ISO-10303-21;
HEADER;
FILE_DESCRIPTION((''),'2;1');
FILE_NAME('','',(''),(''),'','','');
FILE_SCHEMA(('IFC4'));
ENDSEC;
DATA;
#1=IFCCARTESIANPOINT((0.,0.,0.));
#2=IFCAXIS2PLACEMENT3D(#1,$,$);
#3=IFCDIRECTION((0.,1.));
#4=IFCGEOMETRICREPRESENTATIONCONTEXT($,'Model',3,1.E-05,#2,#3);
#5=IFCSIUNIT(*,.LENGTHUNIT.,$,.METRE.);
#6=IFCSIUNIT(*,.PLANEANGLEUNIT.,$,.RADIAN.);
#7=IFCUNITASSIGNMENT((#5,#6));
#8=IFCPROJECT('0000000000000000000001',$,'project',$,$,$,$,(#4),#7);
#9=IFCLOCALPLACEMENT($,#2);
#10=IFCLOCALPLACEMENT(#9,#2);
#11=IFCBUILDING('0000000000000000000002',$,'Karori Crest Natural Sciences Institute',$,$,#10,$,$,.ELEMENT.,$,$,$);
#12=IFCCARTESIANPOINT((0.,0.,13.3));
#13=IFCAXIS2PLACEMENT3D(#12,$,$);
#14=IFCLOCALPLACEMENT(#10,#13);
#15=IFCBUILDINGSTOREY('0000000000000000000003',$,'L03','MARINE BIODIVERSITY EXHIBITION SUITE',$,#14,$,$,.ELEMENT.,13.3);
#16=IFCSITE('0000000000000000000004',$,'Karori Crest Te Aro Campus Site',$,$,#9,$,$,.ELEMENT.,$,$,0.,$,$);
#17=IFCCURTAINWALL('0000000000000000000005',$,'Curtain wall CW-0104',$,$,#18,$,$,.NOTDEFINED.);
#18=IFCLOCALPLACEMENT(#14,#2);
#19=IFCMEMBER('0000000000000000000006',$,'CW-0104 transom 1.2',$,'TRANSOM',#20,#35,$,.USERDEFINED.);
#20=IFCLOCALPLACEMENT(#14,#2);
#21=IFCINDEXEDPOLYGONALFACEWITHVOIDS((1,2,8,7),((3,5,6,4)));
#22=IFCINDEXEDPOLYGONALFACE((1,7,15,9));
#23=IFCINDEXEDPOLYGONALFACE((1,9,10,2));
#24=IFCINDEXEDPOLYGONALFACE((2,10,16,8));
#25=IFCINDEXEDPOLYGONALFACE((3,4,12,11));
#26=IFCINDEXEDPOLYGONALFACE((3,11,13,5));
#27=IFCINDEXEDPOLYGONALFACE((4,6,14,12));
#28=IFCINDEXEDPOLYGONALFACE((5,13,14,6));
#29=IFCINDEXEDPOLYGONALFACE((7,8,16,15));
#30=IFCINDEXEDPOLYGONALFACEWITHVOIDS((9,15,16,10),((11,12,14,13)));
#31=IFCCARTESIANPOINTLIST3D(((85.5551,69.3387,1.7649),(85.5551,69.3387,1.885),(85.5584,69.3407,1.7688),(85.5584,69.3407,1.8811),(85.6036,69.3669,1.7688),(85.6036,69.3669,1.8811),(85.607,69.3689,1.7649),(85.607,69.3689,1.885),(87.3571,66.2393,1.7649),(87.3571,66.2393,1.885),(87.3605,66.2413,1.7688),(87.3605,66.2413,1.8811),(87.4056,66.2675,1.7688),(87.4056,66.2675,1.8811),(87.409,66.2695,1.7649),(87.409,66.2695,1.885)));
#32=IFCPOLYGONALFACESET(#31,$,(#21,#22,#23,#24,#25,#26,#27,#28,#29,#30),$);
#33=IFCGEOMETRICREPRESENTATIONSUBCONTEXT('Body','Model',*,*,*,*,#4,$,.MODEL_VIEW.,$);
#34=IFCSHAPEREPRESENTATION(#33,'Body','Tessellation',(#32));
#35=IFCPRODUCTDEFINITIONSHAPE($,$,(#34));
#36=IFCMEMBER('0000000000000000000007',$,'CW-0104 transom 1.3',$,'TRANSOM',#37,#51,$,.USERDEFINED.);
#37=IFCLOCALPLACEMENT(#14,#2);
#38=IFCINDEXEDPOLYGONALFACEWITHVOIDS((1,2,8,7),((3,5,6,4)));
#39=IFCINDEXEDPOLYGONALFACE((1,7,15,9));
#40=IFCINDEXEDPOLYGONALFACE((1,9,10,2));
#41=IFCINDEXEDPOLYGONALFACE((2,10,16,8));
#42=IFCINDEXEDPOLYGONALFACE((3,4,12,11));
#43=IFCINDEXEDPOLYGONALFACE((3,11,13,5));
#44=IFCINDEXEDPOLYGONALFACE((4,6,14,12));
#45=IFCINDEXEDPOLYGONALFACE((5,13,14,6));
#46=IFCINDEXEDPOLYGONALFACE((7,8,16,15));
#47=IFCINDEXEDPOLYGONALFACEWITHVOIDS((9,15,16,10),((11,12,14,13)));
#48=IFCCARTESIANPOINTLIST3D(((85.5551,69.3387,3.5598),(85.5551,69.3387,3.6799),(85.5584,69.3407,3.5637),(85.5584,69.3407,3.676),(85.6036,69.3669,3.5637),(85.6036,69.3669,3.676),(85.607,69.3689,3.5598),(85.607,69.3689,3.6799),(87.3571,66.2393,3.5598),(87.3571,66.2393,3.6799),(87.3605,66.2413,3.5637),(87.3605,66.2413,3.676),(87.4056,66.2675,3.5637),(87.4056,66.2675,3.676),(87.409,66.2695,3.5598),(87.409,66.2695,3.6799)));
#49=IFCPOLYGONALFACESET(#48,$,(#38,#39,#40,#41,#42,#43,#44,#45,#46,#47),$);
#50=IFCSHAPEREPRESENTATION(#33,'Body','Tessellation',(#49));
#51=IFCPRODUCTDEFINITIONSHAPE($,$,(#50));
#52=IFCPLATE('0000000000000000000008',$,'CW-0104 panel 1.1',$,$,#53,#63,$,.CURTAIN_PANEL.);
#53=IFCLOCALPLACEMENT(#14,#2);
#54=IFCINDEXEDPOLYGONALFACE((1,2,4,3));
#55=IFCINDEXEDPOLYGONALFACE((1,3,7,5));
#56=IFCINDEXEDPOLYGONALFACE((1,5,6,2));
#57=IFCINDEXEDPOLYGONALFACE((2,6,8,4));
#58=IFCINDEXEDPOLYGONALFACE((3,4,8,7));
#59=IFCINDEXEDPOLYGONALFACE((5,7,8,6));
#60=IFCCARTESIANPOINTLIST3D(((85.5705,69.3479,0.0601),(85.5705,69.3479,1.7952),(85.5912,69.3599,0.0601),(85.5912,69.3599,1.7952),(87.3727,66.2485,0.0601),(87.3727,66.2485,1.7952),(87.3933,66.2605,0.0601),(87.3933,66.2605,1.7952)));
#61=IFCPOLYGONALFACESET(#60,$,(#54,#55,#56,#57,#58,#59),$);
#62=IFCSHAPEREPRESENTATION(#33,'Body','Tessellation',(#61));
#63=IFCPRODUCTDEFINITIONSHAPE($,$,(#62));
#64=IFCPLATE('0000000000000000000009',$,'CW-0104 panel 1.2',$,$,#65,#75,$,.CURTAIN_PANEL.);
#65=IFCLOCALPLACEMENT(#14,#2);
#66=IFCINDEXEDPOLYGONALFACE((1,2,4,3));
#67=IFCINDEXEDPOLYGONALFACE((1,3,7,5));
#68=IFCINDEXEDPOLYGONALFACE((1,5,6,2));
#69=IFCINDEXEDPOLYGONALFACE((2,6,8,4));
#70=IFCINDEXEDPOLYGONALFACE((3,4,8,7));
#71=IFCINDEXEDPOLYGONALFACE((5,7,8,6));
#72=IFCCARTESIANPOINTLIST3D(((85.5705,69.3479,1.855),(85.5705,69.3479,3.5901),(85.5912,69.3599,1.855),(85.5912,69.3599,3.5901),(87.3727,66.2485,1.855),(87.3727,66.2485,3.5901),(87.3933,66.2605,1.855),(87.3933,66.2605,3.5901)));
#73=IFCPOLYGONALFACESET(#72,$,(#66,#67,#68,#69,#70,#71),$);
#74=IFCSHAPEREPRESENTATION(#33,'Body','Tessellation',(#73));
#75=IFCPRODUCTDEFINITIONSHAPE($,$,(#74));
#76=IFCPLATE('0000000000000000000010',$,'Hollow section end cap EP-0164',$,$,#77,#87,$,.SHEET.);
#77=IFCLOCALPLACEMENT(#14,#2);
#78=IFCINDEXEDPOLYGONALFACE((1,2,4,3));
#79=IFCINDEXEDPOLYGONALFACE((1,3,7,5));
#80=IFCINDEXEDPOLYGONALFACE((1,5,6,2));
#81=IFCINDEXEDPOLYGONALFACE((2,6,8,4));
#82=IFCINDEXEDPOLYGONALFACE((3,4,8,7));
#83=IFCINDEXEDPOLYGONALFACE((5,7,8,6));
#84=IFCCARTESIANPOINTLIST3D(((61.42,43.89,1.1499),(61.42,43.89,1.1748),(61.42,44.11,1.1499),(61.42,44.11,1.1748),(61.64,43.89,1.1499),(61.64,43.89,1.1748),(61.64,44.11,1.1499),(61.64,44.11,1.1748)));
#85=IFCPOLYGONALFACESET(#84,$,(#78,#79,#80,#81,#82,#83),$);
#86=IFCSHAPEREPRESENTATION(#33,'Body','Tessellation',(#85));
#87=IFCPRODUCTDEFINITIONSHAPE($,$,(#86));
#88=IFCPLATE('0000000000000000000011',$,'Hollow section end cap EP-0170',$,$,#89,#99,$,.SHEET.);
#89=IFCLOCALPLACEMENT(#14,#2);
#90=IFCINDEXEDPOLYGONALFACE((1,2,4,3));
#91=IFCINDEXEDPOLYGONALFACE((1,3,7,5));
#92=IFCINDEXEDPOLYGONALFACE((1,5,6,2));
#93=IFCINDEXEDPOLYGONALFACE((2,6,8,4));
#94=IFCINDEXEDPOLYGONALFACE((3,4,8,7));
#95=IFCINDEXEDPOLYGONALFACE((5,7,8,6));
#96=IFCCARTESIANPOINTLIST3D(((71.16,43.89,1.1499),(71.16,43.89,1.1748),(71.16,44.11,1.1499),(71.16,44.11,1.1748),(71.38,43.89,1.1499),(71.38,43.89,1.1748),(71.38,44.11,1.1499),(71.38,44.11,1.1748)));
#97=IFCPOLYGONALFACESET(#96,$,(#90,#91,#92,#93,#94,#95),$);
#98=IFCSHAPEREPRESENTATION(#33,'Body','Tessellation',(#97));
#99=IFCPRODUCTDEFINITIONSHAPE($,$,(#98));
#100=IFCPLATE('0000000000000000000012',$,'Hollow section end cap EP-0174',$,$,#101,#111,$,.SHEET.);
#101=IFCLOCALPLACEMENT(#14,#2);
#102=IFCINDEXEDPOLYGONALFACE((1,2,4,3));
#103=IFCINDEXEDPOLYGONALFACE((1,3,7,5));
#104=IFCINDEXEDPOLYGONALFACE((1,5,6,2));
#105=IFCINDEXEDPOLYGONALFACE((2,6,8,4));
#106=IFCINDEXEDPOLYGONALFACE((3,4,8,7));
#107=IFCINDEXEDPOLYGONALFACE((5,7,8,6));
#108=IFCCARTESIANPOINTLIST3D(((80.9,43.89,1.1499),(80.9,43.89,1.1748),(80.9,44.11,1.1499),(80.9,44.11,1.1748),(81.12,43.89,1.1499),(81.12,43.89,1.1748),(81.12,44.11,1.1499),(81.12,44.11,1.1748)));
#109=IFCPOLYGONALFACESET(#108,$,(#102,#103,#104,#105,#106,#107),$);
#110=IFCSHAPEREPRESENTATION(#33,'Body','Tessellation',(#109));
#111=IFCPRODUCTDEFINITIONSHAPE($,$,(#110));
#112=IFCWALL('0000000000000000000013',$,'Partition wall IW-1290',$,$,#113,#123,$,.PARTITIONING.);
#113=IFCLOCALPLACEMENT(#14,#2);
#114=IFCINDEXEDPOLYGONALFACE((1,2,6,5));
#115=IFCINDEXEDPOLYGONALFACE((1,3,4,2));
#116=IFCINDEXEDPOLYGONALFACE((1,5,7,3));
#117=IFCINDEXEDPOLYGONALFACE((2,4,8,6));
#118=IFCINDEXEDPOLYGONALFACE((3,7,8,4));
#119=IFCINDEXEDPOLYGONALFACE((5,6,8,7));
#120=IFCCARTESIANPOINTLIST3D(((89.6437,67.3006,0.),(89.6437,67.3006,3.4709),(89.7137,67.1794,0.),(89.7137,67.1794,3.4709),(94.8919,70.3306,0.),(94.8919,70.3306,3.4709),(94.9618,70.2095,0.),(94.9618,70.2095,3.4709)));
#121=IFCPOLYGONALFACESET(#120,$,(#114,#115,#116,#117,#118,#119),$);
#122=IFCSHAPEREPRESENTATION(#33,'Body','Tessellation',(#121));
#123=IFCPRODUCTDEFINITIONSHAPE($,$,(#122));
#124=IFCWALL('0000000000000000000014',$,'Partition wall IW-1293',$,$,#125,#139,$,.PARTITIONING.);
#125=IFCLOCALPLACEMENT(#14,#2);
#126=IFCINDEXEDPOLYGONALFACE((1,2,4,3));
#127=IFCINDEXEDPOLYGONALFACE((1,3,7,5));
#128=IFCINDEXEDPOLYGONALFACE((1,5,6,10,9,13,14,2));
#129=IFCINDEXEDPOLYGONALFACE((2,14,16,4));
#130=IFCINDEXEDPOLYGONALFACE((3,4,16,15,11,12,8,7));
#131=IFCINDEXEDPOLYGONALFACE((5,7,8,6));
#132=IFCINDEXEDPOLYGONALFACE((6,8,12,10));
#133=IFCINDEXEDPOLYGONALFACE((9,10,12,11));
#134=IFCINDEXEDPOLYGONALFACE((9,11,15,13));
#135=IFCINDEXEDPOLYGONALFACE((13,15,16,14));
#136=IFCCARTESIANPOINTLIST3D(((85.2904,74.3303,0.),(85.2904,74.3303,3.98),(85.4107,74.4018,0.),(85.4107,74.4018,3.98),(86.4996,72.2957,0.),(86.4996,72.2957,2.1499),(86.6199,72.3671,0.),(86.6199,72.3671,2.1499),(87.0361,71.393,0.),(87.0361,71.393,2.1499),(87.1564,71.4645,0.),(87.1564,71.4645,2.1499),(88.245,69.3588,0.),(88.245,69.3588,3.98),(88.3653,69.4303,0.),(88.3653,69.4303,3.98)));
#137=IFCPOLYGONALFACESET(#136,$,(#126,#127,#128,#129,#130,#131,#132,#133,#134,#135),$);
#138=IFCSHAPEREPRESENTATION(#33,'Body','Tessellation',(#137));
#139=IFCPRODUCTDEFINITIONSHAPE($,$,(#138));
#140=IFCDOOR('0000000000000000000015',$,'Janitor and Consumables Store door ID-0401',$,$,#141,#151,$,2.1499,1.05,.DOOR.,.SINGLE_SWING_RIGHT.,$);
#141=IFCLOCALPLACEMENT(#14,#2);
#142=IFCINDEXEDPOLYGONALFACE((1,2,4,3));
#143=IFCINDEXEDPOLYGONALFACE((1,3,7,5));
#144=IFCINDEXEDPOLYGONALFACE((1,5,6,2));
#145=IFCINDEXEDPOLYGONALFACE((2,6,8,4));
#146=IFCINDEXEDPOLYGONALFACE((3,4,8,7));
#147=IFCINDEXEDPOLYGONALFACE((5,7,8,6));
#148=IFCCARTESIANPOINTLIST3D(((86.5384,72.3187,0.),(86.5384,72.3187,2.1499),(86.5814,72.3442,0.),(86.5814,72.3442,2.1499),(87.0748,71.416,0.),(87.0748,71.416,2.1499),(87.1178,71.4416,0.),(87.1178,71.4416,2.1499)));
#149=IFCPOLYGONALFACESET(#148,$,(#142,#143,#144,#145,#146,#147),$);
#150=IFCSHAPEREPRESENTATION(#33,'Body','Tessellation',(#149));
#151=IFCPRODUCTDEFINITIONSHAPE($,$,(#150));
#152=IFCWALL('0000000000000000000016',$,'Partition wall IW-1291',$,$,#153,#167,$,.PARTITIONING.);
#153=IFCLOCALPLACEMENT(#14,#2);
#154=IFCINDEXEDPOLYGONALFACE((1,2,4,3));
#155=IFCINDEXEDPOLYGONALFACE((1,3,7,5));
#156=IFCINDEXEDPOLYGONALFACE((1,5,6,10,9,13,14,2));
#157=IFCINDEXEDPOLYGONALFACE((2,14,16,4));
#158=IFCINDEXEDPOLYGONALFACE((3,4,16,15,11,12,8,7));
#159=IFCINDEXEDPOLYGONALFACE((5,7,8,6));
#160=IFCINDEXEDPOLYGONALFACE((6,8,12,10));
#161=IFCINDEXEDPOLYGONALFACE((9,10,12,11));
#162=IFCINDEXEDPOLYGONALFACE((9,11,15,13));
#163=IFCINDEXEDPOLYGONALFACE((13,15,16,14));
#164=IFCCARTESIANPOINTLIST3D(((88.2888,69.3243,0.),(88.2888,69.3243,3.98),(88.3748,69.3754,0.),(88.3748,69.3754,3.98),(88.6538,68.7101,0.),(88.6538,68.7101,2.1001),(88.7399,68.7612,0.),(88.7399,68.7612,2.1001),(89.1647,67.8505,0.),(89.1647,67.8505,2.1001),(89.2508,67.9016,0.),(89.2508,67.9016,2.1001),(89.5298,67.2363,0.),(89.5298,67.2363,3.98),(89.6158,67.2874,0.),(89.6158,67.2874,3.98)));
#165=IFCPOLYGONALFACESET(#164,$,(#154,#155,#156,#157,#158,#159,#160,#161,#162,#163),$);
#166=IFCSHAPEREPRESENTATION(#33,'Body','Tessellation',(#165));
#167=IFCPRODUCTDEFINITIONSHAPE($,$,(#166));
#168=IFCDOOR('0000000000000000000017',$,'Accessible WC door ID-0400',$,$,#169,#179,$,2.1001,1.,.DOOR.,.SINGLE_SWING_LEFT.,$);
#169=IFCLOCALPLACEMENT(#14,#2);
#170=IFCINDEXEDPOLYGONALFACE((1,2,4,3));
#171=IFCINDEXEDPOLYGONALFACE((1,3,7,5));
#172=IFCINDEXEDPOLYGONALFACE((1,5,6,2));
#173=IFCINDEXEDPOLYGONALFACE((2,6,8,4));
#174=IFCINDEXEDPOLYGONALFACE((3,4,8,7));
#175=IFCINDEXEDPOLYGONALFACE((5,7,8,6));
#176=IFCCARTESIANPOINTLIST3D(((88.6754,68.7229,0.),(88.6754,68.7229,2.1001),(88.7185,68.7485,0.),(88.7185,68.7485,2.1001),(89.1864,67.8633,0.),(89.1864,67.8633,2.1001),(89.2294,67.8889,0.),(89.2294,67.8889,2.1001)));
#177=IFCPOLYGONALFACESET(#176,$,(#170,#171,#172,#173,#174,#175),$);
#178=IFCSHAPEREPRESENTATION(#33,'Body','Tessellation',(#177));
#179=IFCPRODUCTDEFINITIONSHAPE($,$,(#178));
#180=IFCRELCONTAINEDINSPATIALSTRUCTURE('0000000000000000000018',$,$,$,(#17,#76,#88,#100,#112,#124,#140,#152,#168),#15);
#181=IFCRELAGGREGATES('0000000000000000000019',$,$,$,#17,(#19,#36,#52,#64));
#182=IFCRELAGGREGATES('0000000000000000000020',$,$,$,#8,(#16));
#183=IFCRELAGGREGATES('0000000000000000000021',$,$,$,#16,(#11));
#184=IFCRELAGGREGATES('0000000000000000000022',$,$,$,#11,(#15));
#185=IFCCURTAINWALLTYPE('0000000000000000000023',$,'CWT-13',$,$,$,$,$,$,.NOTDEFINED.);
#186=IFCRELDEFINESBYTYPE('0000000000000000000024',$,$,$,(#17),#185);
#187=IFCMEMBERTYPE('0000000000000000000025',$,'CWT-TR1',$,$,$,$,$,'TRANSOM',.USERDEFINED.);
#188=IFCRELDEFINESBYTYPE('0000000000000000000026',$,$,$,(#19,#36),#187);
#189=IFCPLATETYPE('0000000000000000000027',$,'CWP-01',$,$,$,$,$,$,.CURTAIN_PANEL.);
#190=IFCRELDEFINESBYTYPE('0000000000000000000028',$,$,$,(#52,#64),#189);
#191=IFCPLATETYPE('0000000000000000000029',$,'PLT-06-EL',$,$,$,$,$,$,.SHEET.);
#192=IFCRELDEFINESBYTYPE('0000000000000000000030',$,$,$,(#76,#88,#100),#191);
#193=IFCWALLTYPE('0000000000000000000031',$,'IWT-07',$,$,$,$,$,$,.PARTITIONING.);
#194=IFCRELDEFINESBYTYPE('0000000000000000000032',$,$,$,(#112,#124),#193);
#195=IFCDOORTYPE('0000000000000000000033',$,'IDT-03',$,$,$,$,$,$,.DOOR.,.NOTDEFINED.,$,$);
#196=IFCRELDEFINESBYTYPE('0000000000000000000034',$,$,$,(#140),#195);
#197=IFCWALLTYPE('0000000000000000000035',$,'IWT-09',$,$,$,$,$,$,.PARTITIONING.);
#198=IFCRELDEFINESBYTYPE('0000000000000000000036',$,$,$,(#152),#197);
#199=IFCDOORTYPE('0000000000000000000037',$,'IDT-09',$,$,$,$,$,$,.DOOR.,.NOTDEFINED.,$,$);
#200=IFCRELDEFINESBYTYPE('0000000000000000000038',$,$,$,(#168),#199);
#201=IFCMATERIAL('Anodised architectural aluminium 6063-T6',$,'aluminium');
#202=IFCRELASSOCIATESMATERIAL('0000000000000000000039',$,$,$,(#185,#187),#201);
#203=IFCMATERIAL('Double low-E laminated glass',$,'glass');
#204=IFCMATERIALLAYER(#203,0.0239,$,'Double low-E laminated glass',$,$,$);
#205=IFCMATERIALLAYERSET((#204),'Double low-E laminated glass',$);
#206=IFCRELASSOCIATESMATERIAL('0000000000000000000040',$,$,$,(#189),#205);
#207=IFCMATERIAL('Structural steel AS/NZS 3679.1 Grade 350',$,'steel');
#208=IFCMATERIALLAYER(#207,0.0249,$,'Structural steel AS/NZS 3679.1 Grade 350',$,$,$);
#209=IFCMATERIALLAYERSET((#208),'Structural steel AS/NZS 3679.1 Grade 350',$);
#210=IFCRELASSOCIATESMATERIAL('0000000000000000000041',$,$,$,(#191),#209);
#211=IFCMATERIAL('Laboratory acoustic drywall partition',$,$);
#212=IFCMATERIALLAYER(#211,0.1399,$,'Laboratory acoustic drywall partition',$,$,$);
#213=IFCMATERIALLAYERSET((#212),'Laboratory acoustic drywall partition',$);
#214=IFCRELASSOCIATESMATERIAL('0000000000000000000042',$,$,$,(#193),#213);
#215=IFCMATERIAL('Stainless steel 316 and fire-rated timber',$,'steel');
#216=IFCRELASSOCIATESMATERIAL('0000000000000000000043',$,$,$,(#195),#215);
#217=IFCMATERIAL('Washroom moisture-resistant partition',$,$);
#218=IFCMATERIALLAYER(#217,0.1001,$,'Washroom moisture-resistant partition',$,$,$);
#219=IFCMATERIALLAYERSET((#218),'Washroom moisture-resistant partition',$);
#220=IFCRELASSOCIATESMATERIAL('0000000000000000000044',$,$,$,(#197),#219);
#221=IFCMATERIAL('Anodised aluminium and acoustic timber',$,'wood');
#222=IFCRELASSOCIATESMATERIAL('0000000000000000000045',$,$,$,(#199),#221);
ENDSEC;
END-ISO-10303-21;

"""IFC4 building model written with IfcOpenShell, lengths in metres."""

from ifc_helpers import new_model, si_unit, direction, frame, frame_2d, origin, origin_2d, place, context, subcontext, project, spatial, rectangle, hollow_rectangle, extrude, material, layer, layer_set, material_profile, profile_set, type_object, element, fill, aggregate, save


model = new_model("IFC4")

# Units and contexts
model_context = context("Model", 3, precision=1e-05, world=origin(), true_north=direction((0.0, 1.0)))
body_context = subcontext(model_context, "Body", "Model", "MODEL_VIEW")
ifc_project = project(units=[si_unit("LENGTHUNIT", "METRE"), si_unit("PLANEANGLEUNIT", "RADIAN")], contexts=[model_context])

# Site, building, storey
site_placement = place(None, origin())
site = spatial("IfcSite", under=ifc_project, at=site_placement, Name="Karori Crest Te Aro Campus Site", CompositionType="ELEMENT", RefElevation=0.0)
building_placement = place(site_placement, origin())
building = spatial("IfcBuilding", under=site, at=building_placement, Name="Karori Crest Natural Sciences Institute", CompositionType="ELEMENT")
storey_placement = place(building_placement, frame((0.0, 0.0, 13.3)))
storey = spatial("IfcBuildingStorey", under=building, at=storey_placement, Name="L03", Description="MARINE BIODIVERSITY EXHIBITION SUITE", CompositionType="ELEMENT", Elevation=13.3)

# Shared definitions
ifc_material_1 = material(Name="Structural steel AS/NZS 3679.1 Grade 350", Category="steel")

# Curtain wall, members, plates
ifc_material_2 = material(Name="Anodised architectural aluminium 6063-T6", Category="aluminium")
curtain_wall_type = type_object("IfcCurtainWallType", Name="CWT-13", PredefinedType="NOTDEFINED", material=ifc_material_2)
curtain_wall_placement = place(storey_placement, origin())
curtain_wall = element("IfcCurtainWall", 1, at=curtain_wall_placement, inside=storey, type_object=curtain_wall_type, Name="Curtain wall CW-0104", PredefinedType="NOTDEFINED")
ifc_material_profile_1 = material_profile(ifc_material_2, hollow_rectangle(XDim=0.0601, YDim=0.1201, WallThickness=0.0039, at=origin_2d()), Name="CWT120x60x4")
ifc_profile_set_1 = profile_set([ifc_material_profile_1], Name="Anodised architectural aluminium 6063-T6")
member_type_1 = type_object("IfcMemberType", Name="CWT-TR1", ElementType="TRANSOM", PredefinedType="USERDEFINED", material=ifc_profile_set_1)
member_1_placement = place(storey_placement, frame((87.3831, 66.2544, 1.825), z_axis=(-0.50263, 0.864502, 0.0), x_axis=(-0.864502, -0.50263, 0.0)))
member_1 = element("IfcMember", 2, at=member_1_placement, type_object=member_type_1, Name="CW-0104 transom 1.2", ObjectType="TRANSOM", PredefinedType="USERDEFINED", context=body_context, shape_type="SweptSolid", body=[
    extrude(hollow_rectangle(XDim=0.0601, YDim=0.1201, WallThickness=0.0039, at=origin_2d()), origin(), (0.0, 0.0, 1.0), 3.5852),
])
member_2_placement = place(storey_placement, frame((87.3831, 66.2544, 3.6199), z_axis=(-0.50263, 0.864502, 0.0), x_axis=(-0.864502, -0.50263, 0.0)))
member_2 = element("IfcMember", 3, at=member_2_placement, type_object=member_type_1, Name="CW-0104 transom 1.3", ObjectType="TRANSOM", PredefinedType="USERDEFINED", context=body_context, shape_type="SweptSolid", body=[
    extrude(hollow_rectangle(XDim=0.0601, YDim=0.1201, WallThickness=0.0039, at=origin_2d()), origin(), (0.0, 0.0, 1.0), 3.5852),
])
ifc_material_3 = material(Name="Double low-E laminated glass", Category="glass")
ifc_layer_1 = layer(ifc_material_3, 0.0239, Name="Double low-E laminated glass")
ifc_layer_set_1 = layer_set([ifc_layer_1], Name="Double low-E laminated glass")
plate_type_1 = type_object("IfcPlateType", Name="CWP-01", PredefinedType="CURTAIN_PANEL", material=ifc_layer_set_1)
plate_1_placement = place(storey_placement, frame((86.4819, 67.8042, 0.0601), z_axis=(0.0, 0.0, 1.0), x_axis=(-0.502655, 0.864487, 0.0)))
plate_1 = element("IfcPlate", 4, at=plate_1_placement, type_object=plate_type_1, Name="CW-0104 panel 1.1", PredefinedType="CURTAIN_PANEL", context=body_context, shape_type="SweptSolid", body=[
    extrude(rectangle(XDim=3.5852, YDim=0.0239, at=origin_2d()), origin(), (0.0, 0.0, 1.0), 1.7351),
])
plate_2_placement = place(storey_placement, frame((86.4819, 67.8042, 1.855), z_axis=(0.0, 0.0, 1.0), x_axis=(-0.502655, 0.864487, 0.0)))
plate_2 = element("IfcPlate", 5, at=plate_2_placement, type_object=plate_type_1, Name="CW-0104 panel 1.2", PredefinedType="CURTAIN_PANEL", context=body_context, shape_type="SweptSolid", body=[
    extrude(rectangle(XDim=3.5852, YDim=0.0239, at=origin_2d()), origin(), (0.0, 0.0, 1.0), 1.7351),
])
aggregate(curtain_wall, [member_1, member_2, plate_1, plate_2])

# Plates
ifc_layer_2 = layer(ifc_material_1, 0.0249, Name="Structural steel AS/NZS 3679.1 Grade 350")
ifc_layer_set_2 = layer_set([ifc_layer_2], Name="Structural steel AS/NZS 3679.1 Grade 350")
plate_type_2 = type_object("IfcPlateType", Name="PLT-06-EL", PredefinedType="SHEET", material=ifc_layer_set_2)
for number, where, z_axis, x_axis, name in (
    (6, (61.53, 44.0, 1.1499), (0.0, 0.0, 1.0), (1.0, 0.0, 0.0), "Hollow section end cap EP-0164"),
    (7, (71.27, 44.0, 1.1499), (0.0, 0.0, 1.0), (1.0, 0.0, 0.0), "Hollow section end cap EP-0170"),
    (8, (81.01, 44.0, 1.1499), (0.0, 0.0, 1.0), (1.0, 0.0, 0.0), "Hollow section end cap EP-0174"),
):
    element("IfcPlate", number, at=place(storey_placement, frame(where, z_axis=z_axis, x_axis=x_axis)), inside=storey, type_object=plate_type_2, Name=name, PredefinedType="SHEET", context=body_context, shape_type="SweptSolid", body=[
        extrude(rectangle(XDim=0.22, YDim=0.22, at=origin_2d()), origin(), (0.0, 0.0, 1.0), 0.0249),
    ])

# Wall
ifc_material_4 = material(Name="Laboratory acoustic drywall partition")
ifc_layer_3 = layer(ifc_material_4, 0.1399, Name="Laboratory acoustic drywall partition")
ifc_layer_set_3 = layer_set([ifc_layer_3], Name="Laboratory acoustic drywall partition")
wall_type_1 = type_object("IfcWallType", Name="IWT-07", PredefinedType="PARTITIONING", material=ifc_layer_set_3)
wall_1_placement = place(storey_placement, frame((89.6787, 67.24, 0.0), z_axis=(0.0, 0.0, 1.0), x_axis=(0.866021, 0.500008, 0.0)))
element("IfcWall", 9, at=wall_1_placement, inside=storey, type_object=wall_type_1, Name="Partition wall IW-1290", PredefinedType="PARTITIONING", context=body_context, shape_type="SweptSolid", body=[
    extrude(rectangle(XDim=6.0601, YDim=0.1399, at=frame_2d((3.03, 0.0))), origin(), (0.0, 0.0, 1.0), 3.4709),
])

# Walls, openings, doors
wall_2_placement = place(storey_placement, frame((88.3052, 69.3945, 0.0), z_axis=(0.0, 0.0, 1.0), x_axis=(-0.510897, 0.859642, 0.0)))
wall_2 = element("IfcWall", 10, at=wall_2_placement, inside=storey, type_object=wall_type_1, Name="Partition wall IW-1293", PredefinedType="PARTITIONING", context=body_context, shape_type="SweptSolid", body=[
    extrude(rectangle(XDim=5.7832, YDim=0.1399, at=frame_2d((2.8916, 0.0))), origin(), (0.0, 0.0, 1.0), 3.98),
])
opening_1_placement = place(wall_2_placement, frame((2.3665, 0.0, 0.0)))
opening_1 = element("IfcOpeningElement", 11, at=opening_1_placement, cuts=wall_2, PredefinedType="OPENING", context=body_context, shape_type="SweptSolid", body=[
    extrude(rectangle(XDim=1.05, YDim=2.1499, at=frame_2d((0.5249, 1.075))), frame((0.0, 0.0801, 0.0), z_axis=(0.0, -1.0, 0.0), x_axis=(1.0, 0.0, 0.0)), (0.0, 0.0, 1.0), 0.1599),
])
ifc_material_5 = material(Name="Stainless steel 316 and fire-rated timber", Category="steel")
door_type_1 = type_object("IfcDoorType", Name="IDT-03", OperationType="NOTDEFINED", PredefinedType="DOOR", material=ifc_material_5)
door_1_placement = place(opening_1_placement, origin())
door_1 = element("IfcDoor", 12, at=door_1_placement, inside=storey, type_object=door_type_1, Name="Janitor and Consumables Store door ID-0401", OperationType="SINGLE_SWING_RIGHT", OverallHeight=2.1499, OverallWidth=1.05, PredefinedType="DOOR", context=body_context, shape_type="SweptSolid", body=[
    extrude(rectangle(XDim=1.05, YDim=2.1499, at=frame_2d((0.5249, 1.075))), frame((0.0, 0.0249, 0.0), z_axis=(0.0, -1.0, 0.0), x_axis=(1.0, 0.0, 0.0)), (0.0, 0.0, 1.0), 0.05),
])
fill(opening_1, door_1)
ifc_material_6 = material(Name="Washroom moisture-resistant partition")
ifc_layer_4 = layer(ifc_material_6, 0.1001, Name="Washroom moisture-resistant partition")
ifc_layer_set_4 = layer_set([ifc_layer_4], Name="Washroom moisture-resistant partition")
wall_type_2 = type_object("IfcWallType", Name="IWT-09", PredefinedType="PARTITIONING", material=ifc_layer_set_4)
wall_3_placement = place(storey_placement, frame((89.5728, 67.262, 0.0), z_axis=(0.0, 0.0, 1.0), x_axis=(-0.510929, 0.859623, 0.0)))
wall_3 = element("IfcWall", 13, at=wall_3_placement, inside=storey, type_object=wall_type_2, Name="Partition wall IW-1291", PredefinedType="PARTITIONING", context=body_context, shape_type="SweptSolid", body=[
    extrude(rectangle(XDim=2.429, YDim=0.1001, at=frame_2d((1.2144, 0.0))), origin(), (0.0, 0.0, 1.0), 3.98),
])
opening_2_placement = place(wall_3_placement, frame((0.7144, 0.0, 0.0)))
opening_2 = element("IfcOpeningElement", 14, at=opening_2_placement, cuts=wall_3, PredefinedType="OPENING", context=body_context, shape_type="SweptSolid", body=[
    extrude(rectangle(XDim=1.0, YDim=2.1001, at=frame_2d((0.5, 1.05))), frame((0.0, 0.0601, 0.0), z_axis=(0.0, -1.0, 0.0), x_axis=(1.0, 0.0, 0.0)), (0.0, 0.0, 1.0), 0.1201),
])
ifc_material_7 = material(Name="Anodised aluminium and acoustic timber", Category="wood")
door_type_2 = type_object("IfcDoorType", Name="IDT-09", OperationType="NOTDEFINED", PredefinedType="DOOR", material=ifc_material_7)
door_2_placement = place(opening_2_placement, origin())
door_2 = element("IfcDoor", 15, at=door_2_placement, inside=storey, type_object=door_type_2, Name="Accessible WC door ID-0400", OperationType="SINGLE_SWING_LEFT", OverallHeight=2.1001, OverallWidth=1.0, PredefinedType="DOOR", context=body_context, shape_type="SweptSolid", body=[
    extrude(rectangle(XDim=1.0, YDim=2.1001, at=frame_2d((0.5, 1.05))), frame((0.0, 0.0249, 0.0), z_axis=(0.0, -1.0, 0.0), x_axis=(1.0, 0.0, 0.0)), (0.0, 0.0, 1.0), 0.05),
])
fill(opening_2, door_2)

save(model, "model.ifc")
